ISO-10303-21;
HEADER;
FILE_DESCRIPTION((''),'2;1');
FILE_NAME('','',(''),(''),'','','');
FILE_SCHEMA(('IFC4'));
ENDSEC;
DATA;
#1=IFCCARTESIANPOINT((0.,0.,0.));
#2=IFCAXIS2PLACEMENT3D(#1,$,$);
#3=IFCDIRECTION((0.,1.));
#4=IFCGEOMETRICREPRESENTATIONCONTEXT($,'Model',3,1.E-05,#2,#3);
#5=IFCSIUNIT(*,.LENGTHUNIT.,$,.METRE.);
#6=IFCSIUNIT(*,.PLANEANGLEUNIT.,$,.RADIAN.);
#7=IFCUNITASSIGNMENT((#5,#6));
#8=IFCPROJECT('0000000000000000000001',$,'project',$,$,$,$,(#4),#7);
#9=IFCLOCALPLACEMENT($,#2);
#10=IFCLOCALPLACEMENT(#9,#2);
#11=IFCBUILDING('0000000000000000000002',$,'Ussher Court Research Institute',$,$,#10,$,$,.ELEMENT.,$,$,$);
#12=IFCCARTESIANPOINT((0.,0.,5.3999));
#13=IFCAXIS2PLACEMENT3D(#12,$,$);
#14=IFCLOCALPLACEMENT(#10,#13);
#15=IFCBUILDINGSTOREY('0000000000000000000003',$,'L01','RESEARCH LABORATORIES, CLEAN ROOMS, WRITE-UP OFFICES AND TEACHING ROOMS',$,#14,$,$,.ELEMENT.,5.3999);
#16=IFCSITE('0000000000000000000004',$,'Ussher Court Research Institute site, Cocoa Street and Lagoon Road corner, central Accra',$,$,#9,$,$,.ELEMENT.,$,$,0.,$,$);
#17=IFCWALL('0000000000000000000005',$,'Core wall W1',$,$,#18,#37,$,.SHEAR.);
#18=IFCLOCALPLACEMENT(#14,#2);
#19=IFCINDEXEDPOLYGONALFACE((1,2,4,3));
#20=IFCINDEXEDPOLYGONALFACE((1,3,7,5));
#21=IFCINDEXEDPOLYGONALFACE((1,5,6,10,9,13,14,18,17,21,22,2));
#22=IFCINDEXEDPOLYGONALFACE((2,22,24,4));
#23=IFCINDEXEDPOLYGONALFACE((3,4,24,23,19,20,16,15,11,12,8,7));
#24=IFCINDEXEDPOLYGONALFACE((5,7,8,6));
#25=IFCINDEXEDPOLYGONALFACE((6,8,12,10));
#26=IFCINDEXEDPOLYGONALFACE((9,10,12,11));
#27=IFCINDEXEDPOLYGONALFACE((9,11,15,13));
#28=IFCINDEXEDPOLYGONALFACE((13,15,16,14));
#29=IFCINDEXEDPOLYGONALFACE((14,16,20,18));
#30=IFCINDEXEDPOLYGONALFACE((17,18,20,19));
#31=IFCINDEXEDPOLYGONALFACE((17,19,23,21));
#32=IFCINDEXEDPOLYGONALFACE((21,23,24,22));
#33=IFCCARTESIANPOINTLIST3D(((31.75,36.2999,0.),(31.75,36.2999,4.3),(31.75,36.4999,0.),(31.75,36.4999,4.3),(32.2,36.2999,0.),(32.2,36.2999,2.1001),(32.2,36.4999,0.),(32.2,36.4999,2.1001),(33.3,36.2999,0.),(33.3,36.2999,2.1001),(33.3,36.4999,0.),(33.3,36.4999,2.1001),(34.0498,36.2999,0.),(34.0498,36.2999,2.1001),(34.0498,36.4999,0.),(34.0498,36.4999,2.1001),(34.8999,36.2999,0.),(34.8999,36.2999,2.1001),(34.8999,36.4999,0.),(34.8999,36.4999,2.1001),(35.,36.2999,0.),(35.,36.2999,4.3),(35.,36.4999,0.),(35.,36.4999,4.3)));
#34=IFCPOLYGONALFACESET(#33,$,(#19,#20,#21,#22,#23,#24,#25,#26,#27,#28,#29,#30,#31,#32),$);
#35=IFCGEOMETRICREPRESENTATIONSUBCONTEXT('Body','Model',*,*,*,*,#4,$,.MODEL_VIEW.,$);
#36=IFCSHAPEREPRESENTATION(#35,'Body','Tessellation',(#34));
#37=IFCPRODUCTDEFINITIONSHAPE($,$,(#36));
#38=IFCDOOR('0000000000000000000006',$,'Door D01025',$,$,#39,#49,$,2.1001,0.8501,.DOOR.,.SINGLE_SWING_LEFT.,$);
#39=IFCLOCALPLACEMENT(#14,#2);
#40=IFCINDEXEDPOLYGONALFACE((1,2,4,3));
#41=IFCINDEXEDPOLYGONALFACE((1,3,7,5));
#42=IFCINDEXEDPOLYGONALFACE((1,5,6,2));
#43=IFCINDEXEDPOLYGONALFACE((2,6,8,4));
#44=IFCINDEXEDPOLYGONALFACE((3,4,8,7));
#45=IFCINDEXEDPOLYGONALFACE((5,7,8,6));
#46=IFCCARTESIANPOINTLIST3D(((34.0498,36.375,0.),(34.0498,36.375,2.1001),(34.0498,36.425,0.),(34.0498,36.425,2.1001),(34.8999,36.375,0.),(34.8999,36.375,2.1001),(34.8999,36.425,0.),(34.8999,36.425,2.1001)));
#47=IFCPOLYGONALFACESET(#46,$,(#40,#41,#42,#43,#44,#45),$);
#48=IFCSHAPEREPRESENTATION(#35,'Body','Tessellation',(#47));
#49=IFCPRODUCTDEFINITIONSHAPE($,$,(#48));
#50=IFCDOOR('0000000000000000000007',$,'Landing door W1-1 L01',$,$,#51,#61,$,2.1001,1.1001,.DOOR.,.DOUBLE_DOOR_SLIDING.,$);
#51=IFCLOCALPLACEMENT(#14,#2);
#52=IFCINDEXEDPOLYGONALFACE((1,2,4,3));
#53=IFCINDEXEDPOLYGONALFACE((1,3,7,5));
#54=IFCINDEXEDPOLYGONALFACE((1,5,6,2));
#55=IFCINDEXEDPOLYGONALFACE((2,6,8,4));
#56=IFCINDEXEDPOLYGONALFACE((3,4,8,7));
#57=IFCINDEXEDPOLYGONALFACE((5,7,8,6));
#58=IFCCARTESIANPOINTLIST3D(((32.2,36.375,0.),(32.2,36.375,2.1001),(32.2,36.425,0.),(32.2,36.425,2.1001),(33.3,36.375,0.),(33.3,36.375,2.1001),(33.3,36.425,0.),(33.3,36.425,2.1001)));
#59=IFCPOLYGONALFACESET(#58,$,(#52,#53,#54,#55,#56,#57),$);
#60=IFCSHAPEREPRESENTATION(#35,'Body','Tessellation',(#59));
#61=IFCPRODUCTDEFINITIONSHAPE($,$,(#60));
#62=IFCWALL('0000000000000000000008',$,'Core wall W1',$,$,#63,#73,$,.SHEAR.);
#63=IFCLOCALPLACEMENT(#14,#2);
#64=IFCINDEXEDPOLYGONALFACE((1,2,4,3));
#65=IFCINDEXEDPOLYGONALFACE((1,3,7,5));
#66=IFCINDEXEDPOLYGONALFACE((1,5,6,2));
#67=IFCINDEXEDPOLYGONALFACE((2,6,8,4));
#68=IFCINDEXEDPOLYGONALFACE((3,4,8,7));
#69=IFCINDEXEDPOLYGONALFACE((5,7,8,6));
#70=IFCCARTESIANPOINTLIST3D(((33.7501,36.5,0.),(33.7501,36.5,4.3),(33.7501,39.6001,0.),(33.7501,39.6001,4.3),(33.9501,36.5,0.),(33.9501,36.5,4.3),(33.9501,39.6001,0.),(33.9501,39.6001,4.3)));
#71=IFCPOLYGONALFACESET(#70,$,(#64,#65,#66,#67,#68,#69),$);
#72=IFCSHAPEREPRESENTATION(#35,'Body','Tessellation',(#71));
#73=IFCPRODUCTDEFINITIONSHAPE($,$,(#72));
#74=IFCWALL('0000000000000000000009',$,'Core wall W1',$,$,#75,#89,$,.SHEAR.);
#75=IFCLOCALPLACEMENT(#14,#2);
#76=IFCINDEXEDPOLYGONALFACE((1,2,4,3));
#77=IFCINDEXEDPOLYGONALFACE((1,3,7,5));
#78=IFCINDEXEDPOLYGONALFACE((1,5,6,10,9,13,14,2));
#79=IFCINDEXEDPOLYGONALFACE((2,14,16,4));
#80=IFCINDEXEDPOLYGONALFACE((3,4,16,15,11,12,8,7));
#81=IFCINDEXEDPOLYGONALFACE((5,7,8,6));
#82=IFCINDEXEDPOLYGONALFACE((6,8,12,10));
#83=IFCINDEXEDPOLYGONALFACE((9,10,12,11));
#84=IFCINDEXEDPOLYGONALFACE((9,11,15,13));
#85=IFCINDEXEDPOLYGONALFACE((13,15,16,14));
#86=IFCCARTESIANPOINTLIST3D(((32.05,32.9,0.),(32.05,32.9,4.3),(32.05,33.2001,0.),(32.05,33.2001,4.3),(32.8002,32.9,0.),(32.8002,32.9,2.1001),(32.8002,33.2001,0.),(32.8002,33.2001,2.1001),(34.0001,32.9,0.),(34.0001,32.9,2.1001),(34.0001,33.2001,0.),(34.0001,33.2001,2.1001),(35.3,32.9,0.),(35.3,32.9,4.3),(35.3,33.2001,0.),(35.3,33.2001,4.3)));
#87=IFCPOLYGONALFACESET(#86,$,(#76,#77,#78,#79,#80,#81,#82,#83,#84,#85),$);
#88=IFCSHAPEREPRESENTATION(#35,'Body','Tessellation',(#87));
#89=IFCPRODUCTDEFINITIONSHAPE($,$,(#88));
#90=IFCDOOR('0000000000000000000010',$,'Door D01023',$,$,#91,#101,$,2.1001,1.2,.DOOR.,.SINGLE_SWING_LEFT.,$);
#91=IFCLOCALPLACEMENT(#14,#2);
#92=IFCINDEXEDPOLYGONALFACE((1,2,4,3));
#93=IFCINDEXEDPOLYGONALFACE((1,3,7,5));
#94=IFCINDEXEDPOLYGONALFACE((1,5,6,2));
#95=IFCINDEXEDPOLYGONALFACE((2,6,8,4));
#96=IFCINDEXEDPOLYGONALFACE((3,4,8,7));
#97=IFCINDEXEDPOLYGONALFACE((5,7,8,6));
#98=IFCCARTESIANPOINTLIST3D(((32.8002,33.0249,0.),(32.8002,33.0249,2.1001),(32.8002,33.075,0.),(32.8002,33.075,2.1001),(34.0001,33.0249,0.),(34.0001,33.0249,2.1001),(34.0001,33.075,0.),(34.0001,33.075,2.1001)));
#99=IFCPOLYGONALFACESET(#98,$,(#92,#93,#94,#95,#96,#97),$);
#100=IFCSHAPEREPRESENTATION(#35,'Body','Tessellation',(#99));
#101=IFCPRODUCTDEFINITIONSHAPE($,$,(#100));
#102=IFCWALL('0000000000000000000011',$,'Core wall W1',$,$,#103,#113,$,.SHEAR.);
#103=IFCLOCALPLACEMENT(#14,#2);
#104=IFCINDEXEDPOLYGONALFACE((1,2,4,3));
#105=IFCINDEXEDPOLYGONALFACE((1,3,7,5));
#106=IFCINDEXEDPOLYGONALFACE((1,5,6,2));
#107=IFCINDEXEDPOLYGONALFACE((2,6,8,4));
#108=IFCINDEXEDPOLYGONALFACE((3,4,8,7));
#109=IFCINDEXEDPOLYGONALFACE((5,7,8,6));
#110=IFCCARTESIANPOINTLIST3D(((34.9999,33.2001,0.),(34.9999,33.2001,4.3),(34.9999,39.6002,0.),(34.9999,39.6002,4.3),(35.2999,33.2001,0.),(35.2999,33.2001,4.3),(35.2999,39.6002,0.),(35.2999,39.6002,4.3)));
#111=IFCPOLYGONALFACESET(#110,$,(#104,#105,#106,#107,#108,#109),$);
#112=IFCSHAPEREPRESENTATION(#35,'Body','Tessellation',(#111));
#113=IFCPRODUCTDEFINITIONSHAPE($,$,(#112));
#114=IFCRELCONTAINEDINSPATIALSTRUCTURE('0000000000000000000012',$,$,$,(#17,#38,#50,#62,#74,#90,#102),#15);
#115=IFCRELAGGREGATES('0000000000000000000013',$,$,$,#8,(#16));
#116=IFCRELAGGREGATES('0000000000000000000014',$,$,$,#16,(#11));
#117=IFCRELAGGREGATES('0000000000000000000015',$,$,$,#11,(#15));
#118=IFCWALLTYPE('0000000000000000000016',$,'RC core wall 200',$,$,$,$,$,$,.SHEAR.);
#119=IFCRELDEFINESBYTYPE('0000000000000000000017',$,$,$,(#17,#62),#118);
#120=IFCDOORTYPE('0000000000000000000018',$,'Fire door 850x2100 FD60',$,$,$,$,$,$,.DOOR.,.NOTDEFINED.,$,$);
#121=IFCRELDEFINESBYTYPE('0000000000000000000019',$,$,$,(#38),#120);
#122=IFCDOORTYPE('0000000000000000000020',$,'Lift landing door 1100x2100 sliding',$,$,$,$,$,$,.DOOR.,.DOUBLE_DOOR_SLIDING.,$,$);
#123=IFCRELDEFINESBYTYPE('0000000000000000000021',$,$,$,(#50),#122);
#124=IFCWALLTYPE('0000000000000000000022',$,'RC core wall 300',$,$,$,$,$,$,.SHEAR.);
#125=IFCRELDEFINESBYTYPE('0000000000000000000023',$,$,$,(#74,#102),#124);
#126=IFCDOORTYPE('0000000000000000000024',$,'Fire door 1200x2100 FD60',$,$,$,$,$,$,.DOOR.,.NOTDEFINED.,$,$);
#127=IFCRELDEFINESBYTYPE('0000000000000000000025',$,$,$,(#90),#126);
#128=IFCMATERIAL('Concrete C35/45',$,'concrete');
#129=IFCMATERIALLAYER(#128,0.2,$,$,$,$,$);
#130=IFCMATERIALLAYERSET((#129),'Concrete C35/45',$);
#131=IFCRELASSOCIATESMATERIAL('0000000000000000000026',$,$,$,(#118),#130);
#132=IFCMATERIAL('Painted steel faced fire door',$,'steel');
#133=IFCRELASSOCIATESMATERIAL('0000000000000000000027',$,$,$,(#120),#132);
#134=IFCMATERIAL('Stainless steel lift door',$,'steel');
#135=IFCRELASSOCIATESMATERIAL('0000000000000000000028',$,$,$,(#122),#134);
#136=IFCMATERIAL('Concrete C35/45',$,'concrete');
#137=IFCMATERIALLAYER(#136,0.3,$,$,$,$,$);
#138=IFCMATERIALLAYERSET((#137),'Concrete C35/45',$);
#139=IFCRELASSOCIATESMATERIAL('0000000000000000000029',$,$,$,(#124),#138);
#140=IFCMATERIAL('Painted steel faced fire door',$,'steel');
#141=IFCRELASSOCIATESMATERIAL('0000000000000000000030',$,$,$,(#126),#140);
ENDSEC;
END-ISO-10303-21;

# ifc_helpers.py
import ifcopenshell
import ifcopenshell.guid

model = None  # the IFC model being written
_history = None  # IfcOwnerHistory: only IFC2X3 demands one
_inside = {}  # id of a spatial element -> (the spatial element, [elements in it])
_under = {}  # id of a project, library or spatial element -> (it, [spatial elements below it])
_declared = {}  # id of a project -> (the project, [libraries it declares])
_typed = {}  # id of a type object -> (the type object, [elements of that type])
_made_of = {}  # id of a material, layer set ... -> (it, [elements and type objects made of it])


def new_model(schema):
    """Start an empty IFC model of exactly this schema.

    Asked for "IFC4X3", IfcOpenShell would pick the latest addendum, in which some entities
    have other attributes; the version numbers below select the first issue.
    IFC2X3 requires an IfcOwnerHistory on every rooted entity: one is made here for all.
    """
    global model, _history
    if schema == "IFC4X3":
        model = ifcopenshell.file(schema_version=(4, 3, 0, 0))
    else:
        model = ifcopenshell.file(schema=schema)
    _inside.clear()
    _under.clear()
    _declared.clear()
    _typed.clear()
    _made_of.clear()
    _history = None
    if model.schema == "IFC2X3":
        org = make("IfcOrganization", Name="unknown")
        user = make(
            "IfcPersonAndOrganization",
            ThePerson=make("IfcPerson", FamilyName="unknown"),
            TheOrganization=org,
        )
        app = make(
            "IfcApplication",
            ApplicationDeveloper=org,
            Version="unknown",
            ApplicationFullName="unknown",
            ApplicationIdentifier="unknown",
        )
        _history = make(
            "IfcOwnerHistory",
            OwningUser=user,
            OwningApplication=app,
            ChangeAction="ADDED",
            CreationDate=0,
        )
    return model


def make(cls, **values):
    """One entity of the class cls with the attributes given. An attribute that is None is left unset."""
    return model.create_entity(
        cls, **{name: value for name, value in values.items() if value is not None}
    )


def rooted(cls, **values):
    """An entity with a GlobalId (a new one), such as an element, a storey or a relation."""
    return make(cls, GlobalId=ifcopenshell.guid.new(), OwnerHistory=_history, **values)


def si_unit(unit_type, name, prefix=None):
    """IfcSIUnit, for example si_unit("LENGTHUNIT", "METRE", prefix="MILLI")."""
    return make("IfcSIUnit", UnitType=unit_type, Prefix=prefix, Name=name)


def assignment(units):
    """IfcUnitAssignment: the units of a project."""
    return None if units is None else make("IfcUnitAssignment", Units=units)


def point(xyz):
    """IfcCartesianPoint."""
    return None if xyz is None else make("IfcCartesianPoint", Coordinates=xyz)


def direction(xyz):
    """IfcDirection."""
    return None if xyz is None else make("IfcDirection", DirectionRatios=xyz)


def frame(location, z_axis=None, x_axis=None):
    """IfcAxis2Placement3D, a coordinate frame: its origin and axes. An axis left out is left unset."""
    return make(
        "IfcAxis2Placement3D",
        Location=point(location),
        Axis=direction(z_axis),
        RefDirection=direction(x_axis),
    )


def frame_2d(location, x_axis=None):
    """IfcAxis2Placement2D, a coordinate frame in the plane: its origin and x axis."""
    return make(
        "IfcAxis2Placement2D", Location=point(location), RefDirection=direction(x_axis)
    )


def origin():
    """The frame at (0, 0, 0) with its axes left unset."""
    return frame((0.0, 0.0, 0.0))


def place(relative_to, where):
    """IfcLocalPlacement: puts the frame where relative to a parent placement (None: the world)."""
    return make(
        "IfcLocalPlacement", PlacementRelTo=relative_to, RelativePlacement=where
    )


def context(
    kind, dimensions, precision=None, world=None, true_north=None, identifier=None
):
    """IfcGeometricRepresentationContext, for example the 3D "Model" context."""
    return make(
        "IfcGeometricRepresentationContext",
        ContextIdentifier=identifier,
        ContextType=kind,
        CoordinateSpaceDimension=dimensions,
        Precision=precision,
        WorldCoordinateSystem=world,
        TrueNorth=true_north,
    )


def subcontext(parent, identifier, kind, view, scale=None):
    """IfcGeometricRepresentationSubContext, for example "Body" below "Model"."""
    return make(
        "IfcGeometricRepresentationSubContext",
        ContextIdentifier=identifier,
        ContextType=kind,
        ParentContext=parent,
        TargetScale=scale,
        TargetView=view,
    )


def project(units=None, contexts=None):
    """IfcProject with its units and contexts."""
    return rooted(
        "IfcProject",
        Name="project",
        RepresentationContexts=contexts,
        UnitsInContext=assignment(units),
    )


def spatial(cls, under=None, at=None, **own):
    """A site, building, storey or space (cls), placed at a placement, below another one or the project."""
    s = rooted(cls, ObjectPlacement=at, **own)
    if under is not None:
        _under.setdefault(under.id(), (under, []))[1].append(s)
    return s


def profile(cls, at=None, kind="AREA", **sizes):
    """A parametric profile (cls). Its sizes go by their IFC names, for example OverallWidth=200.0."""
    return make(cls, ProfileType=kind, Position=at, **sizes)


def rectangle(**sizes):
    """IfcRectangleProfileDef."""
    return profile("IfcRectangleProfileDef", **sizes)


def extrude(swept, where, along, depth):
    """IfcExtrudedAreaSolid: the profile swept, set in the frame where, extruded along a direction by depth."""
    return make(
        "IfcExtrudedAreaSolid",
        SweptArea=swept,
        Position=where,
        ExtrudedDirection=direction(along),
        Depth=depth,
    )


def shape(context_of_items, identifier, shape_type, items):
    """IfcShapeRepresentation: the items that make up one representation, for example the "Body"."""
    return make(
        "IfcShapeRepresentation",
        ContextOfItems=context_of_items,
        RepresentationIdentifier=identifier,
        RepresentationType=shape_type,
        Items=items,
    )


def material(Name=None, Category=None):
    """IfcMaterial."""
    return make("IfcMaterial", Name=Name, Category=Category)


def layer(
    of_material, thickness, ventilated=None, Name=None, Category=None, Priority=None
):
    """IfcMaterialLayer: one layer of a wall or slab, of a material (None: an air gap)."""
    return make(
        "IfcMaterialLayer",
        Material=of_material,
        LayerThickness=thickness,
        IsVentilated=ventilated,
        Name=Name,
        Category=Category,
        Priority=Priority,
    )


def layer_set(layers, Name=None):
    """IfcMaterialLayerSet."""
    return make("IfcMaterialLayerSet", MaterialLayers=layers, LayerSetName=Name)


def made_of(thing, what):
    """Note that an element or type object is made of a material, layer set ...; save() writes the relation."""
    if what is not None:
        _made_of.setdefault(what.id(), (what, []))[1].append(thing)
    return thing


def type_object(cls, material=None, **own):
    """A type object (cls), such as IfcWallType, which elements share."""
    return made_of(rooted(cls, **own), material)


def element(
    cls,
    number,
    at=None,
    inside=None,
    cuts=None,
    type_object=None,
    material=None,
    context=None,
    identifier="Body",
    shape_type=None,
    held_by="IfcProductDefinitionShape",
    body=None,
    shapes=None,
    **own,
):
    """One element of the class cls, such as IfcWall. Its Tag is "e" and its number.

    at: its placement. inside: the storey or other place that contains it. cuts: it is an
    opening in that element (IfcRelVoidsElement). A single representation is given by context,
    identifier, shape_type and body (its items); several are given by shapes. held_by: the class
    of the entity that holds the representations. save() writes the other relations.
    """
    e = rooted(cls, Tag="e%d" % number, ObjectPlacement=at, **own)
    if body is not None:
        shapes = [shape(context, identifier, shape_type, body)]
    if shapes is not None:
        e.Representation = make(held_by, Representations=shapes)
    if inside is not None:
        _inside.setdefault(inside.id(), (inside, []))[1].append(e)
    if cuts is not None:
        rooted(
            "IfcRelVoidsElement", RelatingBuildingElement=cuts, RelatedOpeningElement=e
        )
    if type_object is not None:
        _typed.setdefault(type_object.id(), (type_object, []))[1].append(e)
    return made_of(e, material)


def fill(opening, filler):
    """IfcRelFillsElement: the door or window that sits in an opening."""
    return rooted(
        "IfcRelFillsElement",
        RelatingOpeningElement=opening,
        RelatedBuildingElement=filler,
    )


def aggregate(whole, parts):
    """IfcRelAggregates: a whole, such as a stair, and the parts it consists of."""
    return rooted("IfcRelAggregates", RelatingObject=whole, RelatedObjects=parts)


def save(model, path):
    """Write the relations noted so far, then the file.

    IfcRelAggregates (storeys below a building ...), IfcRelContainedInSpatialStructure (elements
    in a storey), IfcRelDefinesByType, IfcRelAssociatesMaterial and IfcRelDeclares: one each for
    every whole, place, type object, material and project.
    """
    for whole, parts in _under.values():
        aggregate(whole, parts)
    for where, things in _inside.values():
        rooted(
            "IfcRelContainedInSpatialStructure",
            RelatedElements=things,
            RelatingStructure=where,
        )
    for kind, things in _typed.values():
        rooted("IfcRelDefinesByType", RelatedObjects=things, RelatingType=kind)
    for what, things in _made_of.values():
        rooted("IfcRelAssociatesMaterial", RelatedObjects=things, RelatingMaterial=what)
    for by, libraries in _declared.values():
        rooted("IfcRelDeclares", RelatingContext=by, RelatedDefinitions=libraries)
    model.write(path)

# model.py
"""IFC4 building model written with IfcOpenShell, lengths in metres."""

from ifc_helpers import new_model, si_unit, direction, frame, frame_2d, origin, place, context, subcontext, project, spatial, rectangle, extrude, material, layer, layer_set, type_object, element, fill, save


model = new_model("IFC4")

# Units and contexts
model_context = context("Model", 3, precision=1e-05, world=origin(), true_north=direction((0.0, 1.0)))
body_context = subcontext(model_context, "Body", "Model", "MODEL_VIEW")
ifc_project = project(units=[si_unit("LENGTHUNIT", "METRE"), si_unit("PLANEANGLEUNIT", "RADIAN")], contexts=[model_context])

# Site, building, storey
site_placement = place(None, origin())
site = spatial("IfcSite", under=ifc_project, at=site_placement, Name="Ussher Court Research Institute site, Cocoa Street and Lagoon Road corner, central Accra", CompositionType="ELEMENT", RefElevation=0.0)
building_placement = place(site_placement, origin())
building = spatial("IfcBuilding", under=site, at=building_placement, Name="Ussher Court Research Institute", CompositionType="ELEMENT")
storey_placement = place(building_placement, frame((0.0, 0.0, 5.3999)))
storey = spatial("IfcBuildingStorey", under=building, at=storey_placement, Name="L01", Description="RESEARCH LABORATORIES, CLEAN ROOMS, WRITE-UP OFFICES AND TEACHING ROOMS", CompositionType="ELEMENT", Elevation=5.3999)

# Wall, openings, doors
ifc_material_1 = material(Name="Concrete C35/45", Category="concrete")
ifc_layer_1 = layer(ifc_material_1, 0.2)
ifc_layer_set_1 = layer_set([ifc_layer_1], Name="Concrete C35/45")
wall_type_1 = type_object("IfcWallType", Name="RC core wall 200", PredefinedType="SHEAR", material=ifc_layer_set_1)
wall_1_placement = place(storey_placement, frame((35.0, 36.3999, 0.0), z_axis=(0.0, 0.0, 1.0), x_axis=(-1.0, 0.0, 0.0)))
wall_1 = element("IfcWall", 1, at=wall_1_placement, inside=storey, type_object=wall_type_1, Name="Core wall W1", PredefinedType="SHEAR", context=body_context, shape_type="SweptSolid", body=[
    extrude(rectangle(XDim=3.25, YDim=0.2, at=frame_2d((1.625, 0.0))), origin(), (0.0, 0.0, 1.0), 4.3),
])
opening_1_placement = place(wall_1_placement, frame((1.7, 0.0, 0.0)))
opening_1 = element("IfcOpeningElement", 2, at=opening_1_placement, cuts=wall_1, PredefinedType="OPENING", context=body_context, shape_type="SweptSolid", body=[
    extrude(rectangle(XDim=1.1001, YDim=2.1001, at=frame_2d((0.55, 1.05))), frame((0.0, 0.1099, 0.0), z_axis=(0.0, -1.0, 0.0), x_axis=(1.0, 0.0, 0.0)), (0.0, 0.0, 1.0), 0.22),
])
opening_2_placement = place(wall_1_placement, frame((0.1001, 0.0, 0.0)))
opening_2 = element("IfcOpeningElement", 3, at=opening_2_placement, cuts=wall_1, PredefinedType="OPENING", context=body_context, shape_type="SweptSolid", body=[
    extrude(rectangle(XDim=0.8501, YDim=2.1001, at=frame_2d((0.425, 1.05))), frame((0.0, 0.1099, 0.0), z_axis=(0.0, -1.0, 0.0), x_axis=(1.0, 0.0, 0.0)), (0.0, 0.0, 1.0), 0.22),
])
ifc_material_2 = material(Name="Painted steel faced fire door", Category="steel")
door_type_1 = type_object("IfcDoorType", Name="Fire door 850x2100 FD60", OperationType="NOTDEFINED", PredefinedType="DOOR", material=ifc_material_2)
door_1_placement = place(opening_2_placement, origin())
door_1 = element("IfcDoor", 4, at=door_1_placement, inside=storey, type_object=door_type_1, Name="Door D01025", OperationType="SINGLE_SWING_LEFT", OverallHeight=2.1001, OverallWidth=0.8501, PredefinedType="DOOR", context=body_context, shape_type="SweptSolid", body=[
    extrude(rectangle(XDim=0.8501, YDim=2.1001, at=frame_2d((0.425, 1.05))), frame((0.0, 0.0249, 0.0), z_axis=(0.0, -1.0, 0.0), x_axis=(1.0, 0.0, 0.0)), (0.0, 0.0, 1.0), 0.05),
])
fill(opening_2, door_1)
ifc_material_3 = material(Name="Stainless steel lift door", Category="steel")
door_type_2 = type_object("IfcDoorType", Name="Lift landing door 1100x2100 sliding", OperationType="DOUBLE_DOOR_SLIDING", PredefinedType="DOOR", material=ifc_material_3)
door_2_placement = place(opening_1_placement, origin())
door_2 = element("IfcDoor", 5, at=door_2_placement, inside=storey, type_object=door_type_2, Name="Landing door W1-1 L01", OperationType="DOUBLE_DOOR_SLIDING", OverallHeight=2.1001, OverallWidth=1.1001, PredefinedType="DOOR", context=body_context, shape_type="SweptSolid", body=[
    extrude(rectangle(XDim=1.1001, YDim=2.1001, at=frame_2d((0.55, 1.05))), frame((0.0, 0.0249, 0.0), z_axis=(0.0, -1.0, 0.0), x_axis=(1.0, 0.0, 0.0)), (0.0, 0.0, 1.0), 0.05),
])
fill(opening_1, door_2)

# Wall
wall_2_placement = place(storey_placement, frame((33.8501, 36.5, 0.0), z_axis=(0.0, 0.0, 1.0), x_axis=(0.0, 1.0, 0.0)))
element("IfcWall", 6, at=wall_2_placement, inside=storey, type_object=wall_type_1, Name="Core wall W1", PredefinedType="SHEAR", context=body_context, shape_type="SweptSolid", body=[
    extrude(rectangle(XDim=3.1001, YDim=0.2, at=frame_2d((1.55, 0.0))), origin(), (0.0, 0.0, 1.0), 4.3),
])

# Wall, opening, door
ifc_material_4 = material(Name="Concrete C35/45", Category="concrete")
ifc_layer_2 = layer(ifc_material_4, 0.3)
ifc_layer_set_2 = layer_set([ifc_layer_2], Name="Concrete C35/45")
wall_type_2 = type_object("IfcWallType", Name="RC core wall 300", PredefinedType="SHEAR", material=ifc_layer_set_2)
wall_3_placement = place(storey_placement, frame((32.05, 33.05, 0.0), z_axis=(0.0, 0.0, 1.0), x_axis=(1.0, 0.0, 0.0)))
wall_3 = element("IfcWall", 7, at=wall_3_placement, inside=storey, type_object=wall_type_2, Name="Core wall W1", PredefinedType="SHEAR", context=body_context, shape_type="SweptSolid", body=[
    extrude(rectangle(XDim=3.25, YDim=0.3, at=frame_2d((1.625, 0.0))), origin(), (0.0, 0.0, 1.0), 4.3),
])
opening_3_placement = place(wall_3_placement, frame((0.75, 0.0, 0.0)))
opening_3 = element("IfcOpeningElement", 8, at=opening_3_placement, cuts=wall_3, PredefinedType="OPENING", context=body_context, shape_type="SweptSolid", body=[
    extrude(rectangle(XDim=1.2, YDim=2.1001, at=frame_2d((0.6001, 1.05))), frame((0.0, 0.1602, 0.0), z_axis=(0.0, -1.0, 0.0), x_axis=(1.0, 0.0, 0.0)), (0.0, 0.0, 1.0), 0.3201),
])
ifc_material_5 = material(Name="Painted steel faced fire door", Category="steel")
door_type_3 = type_object("IfcDoorType", Name="Fire door 1200x2100 FD60", OperationType="NOTDEFINED", PredefinedType="DOOR", material=ifc_material_5)
door_3_placement = place(opening_3_placement, origin())
door_3 = element("IfcDoor", 9, at=door_3_placement, inside=storey, type_object=door_type_3, Name="Door D01023", OperationType="SINGLE_SWING_LEFT", OverallHeight=2.1001, OverallWidth=1.2, PredefinedType="DOOR", context=body_context, shape_type="SweptSolid", body=[
    extrude(rectangle(XDim=1.2, YDim=2.1001, at=frame_2d((0.6001, 1.05))), frame((0.0, 0.0249, 0.0), z_axis=(0.0, -1.0, 0.0), x_axis=(1.0, 0.0, 0.0)), (0.0, 0.0, 1.0), 0.05),
])
fill(opening_3, door_3)

# Wall
wall_4_placement = place(storey_placement, frame((35.1499, 33.2, 0.0), z_axis=(0.0, 0.0, 1.0), x_axis=(0.0, 1.0, 0.0)))
element("IfcWall", 10, at=wall_4_placement, inside=storey, type_object=wall_type_2, Name="Core wall W1", PredefinedType="SHEAR", context=body_context, shape_type="SweptSolid", body=[
    extrude(rectangle(XDim=6.4001, YDim=0.3, at=frame_2d((3.2002, 0.0))), origin(), (0.0, 0.0, 1.0), 4.3),
])

save(model, "model.ifc")
